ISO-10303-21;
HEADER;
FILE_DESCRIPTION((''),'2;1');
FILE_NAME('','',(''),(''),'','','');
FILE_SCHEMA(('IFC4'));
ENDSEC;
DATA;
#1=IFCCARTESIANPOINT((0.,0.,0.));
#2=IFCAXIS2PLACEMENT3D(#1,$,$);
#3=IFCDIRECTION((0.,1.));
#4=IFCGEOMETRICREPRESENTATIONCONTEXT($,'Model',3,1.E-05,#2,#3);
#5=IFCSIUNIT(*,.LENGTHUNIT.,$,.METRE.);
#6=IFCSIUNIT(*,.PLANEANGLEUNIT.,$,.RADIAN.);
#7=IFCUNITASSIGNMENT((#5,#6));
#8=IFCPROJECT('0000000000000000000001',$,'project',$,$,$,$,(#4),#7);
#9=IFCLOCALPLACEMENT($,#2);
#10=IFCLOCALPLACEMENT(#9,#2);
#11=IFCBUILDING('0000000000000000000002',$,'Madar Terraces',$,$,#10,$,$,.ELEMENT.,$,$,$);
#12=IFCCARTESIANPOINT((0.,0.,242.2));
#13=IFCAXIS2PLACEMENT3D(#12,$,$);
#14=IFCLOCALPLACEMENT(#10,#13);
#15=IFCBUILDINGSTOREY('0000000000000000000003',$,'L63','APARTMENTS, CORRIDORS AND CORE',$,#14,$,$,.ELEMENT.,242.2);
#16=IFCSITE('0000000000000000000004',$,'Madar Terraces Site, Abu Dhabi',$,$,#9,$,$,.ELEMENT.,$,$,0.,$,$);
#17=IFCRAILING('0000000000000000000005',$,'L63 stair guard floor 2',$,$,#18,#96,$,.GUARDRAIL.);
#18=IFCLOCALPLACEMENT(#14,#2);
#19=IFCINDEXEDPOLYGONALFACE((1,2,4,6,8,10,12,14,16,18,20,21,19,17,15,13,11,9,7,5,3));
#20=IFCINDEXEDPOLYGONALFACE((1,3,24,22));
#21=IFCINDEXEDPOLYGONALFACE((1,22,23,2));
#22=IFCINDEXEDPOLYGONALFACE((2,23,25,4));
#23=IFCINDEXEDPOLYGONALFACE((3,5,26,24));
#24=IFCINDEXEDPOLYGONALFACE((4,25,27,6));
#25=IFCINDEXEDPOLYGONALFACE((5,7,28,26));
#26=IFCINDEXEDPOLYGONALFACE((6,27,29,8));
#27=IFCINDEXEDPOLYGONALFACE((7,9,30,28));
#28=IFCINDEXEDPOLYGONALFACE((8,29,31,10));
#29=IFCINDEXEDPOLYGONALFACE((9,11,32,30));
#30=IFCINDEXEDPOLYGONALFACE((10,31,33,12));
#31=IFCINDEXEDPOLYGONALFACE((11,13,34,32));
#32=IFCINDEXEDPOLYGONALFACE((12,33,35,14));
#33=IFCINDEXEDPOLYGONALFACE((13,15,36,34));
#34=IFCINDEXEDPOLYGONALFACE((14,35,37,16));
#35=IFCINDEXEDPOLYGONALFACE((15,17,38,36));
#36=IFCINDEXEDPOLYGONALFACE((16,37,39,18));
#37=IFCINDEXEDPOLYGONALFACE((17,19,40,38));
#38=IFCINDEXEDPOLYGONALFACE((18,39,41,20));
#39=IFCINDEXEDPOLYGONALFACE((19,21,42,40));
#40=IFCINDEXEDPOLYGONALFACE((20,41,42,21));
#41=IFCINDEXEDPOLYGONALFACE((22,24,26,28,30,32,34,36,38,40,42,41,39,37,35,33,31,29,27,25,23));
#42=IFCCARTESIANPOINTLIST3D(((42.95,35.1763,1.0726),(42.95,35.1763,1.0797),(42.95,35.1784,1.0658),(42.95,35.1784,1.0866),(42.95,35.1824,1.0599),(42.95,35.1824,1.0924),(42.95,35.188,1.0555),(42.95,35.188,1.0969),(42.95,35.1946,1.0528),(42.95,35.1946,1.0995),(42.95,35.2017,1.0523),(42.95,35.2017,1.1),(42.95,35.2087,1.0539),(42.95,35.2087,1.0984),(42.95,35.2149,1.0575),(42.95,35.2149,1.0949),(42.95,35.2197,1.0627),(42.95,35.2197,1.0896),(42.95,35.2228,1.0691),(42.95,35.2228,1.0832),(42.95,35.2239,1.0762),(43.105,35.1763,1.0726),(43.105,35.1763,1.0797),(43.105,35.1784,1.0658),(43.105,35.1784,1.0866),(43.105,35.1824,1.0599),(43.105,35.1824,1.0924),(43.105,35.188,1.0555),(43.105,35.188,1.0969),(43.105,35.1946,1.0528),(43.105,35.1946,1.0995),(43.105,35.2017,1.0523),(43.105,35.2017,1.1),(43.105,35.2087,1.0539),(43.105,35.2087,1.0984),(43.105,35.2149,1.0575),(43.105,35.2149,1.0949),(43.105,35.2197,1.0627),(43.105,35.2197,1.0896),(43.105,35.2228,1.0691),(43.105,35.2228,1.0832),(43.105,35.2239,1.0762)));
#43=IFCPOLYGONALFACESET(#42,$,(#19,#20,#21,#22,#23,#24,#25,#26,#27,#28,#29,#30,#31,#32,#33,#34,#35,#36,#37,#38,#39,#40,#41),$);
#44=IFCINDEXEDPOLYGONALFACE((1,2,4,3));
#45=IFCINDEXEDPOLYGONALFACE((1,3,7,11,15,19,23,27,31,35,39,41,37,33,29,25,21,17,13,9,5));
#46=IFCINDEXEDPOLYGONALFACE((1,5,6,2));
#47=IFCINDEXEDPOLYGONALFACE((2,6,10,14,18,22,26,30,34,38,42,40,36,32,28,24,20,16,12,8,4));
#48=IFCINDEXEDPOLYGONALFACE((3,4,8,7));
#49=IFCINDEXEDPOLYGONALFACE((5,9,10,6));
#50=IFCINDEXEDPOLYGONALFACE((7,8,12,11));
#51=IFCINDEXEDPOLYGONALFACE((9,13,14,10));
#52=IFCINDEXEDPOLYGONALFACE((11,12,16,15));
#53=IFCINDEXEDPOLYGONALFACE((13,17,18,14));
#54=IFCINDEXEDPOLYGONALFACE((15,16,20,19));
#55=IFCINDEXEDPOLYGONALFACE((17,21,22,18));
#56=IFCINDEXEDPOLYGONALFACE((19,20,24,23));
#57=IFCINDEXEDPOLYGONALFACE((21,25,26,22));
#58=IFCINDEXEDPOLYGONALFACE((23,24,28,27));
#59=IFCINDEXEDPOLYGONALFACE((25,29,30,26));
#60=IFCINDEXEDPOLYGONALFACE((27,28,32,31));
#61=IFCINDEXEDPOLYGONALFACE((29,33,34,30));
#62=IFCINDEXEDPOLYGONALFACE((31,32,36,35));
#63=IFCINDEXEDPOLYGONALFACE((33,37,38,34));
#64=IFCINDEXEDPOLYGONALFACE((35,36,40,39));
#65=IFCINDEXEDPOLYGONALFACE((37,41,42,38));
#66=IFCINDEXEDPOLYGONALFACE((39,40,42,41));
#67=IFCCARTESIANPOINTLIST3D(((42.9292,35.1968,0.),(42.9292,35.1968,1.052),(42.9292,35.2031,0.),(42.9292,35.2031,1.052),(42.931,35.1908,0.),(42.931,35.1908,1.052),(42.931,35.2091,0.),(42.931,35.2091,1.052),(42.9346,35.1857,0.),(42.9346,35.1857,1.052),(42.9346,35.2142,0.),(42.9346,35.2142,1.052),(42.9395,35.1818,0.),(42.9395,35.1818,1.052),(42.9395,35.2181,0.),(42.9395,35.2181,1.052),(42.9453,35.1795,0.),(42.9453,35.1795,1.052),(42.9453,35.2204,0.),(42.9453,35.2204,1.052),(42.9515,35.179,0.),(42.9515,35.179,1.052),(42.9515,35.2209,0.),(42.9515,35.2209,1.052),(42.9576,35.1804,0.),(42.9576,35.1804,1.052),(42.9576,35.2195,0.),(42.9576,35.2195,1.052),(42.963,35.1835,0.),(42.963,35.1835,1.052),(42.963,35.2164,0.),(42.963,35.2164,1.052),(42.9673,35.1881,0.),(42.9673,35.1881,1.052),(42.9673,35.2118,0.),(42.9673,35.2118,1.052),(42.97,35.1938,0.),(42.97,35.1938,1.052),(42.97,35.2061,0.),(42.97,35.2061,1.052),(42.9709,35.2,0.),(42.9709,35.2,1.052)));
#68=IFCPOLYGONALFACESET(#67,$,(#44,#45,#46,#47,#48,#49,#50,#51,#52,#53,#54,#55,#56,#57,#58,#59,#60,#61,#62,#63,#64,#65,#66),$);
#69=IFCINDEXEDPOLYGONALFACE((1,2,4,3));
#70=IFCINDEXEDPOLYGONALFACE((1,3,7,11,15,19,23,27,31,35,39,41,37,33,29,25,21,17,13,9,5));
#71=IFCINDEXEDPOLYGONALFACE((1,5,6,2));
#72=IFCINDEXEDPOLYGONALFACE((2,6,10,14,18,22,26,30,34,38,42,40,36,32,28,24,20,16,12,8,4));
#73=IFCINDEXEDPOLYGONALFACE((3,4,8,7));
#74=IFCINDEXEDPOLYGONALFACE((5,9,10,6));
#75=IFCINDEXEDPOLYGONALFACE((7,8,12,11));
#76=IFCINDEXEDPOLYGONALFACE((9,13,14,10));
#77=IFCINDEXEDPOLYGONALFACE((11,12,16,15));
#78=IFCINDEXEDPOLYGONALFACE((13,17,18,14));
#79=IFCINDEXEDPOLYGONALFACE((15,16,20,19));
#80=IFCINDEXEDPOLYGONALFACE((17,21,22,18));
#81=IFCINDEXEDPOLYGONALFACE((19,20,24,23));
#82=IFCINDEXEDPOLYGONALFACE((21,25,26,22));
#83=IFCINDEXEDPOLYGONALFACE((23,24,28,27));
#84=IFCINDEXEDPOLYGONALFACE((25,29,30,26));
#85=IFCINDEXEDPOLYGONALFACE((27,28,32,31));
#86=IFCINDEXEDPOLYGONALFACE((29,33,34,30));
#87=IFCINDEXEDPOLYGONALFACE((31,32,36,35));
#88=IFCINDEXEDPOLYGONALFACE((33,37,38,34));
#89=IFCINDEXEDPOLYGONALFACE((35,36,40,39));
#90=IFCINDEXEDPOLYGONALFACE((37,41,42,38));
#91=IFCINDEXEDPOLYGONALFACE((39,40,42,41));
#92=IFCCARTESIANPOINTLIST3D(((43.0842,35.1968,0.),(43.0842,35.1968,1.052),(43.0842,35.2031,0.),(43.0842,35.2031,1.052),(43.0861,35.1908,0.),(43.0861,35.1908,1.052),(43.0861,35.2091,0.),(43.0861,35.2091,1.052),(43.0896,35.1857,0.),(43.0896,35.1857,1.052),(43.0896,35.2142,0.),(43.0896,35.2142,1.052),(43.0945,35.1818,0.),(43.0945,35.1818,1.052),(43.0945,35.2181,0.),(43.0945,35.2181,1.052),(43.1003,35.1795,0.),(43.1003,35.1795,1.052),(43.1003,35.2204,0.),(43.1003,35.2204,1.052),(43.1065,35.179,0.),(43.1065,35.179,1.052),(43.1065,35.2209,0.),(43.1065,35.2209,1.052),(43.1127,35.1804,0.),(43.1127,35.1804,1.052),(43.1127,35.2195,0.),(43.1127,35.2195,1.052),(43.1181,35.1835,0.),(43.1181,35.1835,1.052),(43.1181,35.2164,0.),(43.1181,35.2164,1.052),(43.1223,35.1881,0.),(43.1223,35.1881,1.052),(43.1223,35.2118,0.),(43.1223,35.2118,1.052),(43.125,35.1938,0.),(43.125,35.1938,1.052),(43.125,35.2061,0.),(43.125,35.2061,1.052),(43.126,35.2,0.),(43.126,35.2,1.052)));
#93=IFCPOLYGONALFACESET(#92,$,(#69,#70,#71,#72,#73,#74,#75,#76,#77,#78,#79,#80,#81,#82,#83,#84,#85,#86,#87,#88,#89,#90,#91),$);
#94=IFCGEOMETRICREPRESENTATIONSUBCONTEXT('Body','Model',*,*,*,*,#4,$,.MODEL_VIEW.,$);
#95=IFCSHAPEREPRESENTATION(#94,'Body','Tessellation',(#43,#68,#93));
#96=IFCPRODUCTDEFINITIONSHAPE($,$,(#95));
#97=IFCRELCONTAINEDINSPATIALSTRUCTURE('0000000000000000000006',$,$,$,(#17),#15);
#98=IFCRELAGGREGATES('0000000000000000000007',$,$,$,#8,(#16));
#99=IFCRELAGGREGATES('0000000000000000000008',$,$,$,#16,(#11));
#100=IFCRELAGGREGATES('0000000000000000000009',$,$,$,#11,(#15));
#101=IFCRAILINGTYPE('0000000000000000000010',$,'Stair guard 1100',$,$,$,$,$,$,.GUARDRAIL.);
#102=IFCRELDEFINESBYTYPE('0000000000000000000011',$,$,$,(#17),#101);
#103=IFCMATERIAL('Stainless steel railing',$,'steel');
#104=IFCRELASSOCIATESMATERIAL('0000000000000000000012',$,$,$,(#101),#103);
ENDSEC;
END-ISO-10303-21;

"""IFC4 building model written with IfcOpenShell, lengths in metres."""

from ifc_helpers import new_model, si_unit, direction, frame, origin, origin_2d, place, context, subcontext, project, spatial, circle, extrude, material, type_object, element, save


model = new_model("IFC4")

# Units and contexts
model_context = context("Model", 3, precision=1e-05, world=origin(), true_north=direction((0.0, 1.0)))
body_context = subcontext(model_context, "Body", "Model", "MODEL_VIEW")
ifc_project = project(units=[si_unit("LENGTHUNIT", "METRE"), si_unit("PLANEANGLEUNIT", "RADIAN")], contexts=[model_context])

# Site, building, storey
site_placement = place(None, origin())
site = spatial("IfcSite", under=ifc_project, at=site_placement, Name="Madar Terraces Site, Abu Dhabi", CompositionType="ELEMENT", RefElevation=0.0)
building_placement = place(site_placement, origin())
building = spatial("IfcBuilding", under=site, at=building_placement, Name="Madar Terraces", CompositionType="ELEMENT")
storey_placement = place(building_placement, frame((0.0, 0.0, 242.2)))
storey = spatial("IfcBuildingStorey", under=building, at=storey_placement, Name="L63", Description="APARTMENTS, CORRIDORS AND CORE", CompositionType="ELEMENT", Elevation=242.2)

# Railing
ifc_material_1 = material(Name="Stainless steel railing", Category="steel")
railing_type_1 = type_object("IfcRailingType", Name="Stair guard 1100", PredefinedType="GUARDRAIL", material=ifc_material_1)
for number, where, name in (
    (1, (42.95, 35.2, 0.0), "L63 stair guard floor 2"),
):
    element("IfcRailing", number, at=place(storey_placement, frame(where)), inside=storey, type_object=railing_type_1, Name=name, PredefinedType="GUARDRAIL", context=body_context, shape_type="SweptSolid", body=[
        extrude(circle(Radius=0.0239, at=origin_2d()), frame((0.0, 0.0, 1.0762), z_axis=(1.0, 0.0, 0.0), x_axis=(0.0, 1.0, 0.0)), (0.0, 0.0, 1.0), 0.155),
        extrude(circle(Radius=0.021, at=origin_2d()), origin(), (0.0, 0.0, 1.0), 1.052),
        extrude(circle(Radius=0.021, at=origin_2d()), frame((0.155, 0.0, 0.0)), (0.0, 0.0, 1.0), 1.052),
    ])

save(model, "model.ifc")
